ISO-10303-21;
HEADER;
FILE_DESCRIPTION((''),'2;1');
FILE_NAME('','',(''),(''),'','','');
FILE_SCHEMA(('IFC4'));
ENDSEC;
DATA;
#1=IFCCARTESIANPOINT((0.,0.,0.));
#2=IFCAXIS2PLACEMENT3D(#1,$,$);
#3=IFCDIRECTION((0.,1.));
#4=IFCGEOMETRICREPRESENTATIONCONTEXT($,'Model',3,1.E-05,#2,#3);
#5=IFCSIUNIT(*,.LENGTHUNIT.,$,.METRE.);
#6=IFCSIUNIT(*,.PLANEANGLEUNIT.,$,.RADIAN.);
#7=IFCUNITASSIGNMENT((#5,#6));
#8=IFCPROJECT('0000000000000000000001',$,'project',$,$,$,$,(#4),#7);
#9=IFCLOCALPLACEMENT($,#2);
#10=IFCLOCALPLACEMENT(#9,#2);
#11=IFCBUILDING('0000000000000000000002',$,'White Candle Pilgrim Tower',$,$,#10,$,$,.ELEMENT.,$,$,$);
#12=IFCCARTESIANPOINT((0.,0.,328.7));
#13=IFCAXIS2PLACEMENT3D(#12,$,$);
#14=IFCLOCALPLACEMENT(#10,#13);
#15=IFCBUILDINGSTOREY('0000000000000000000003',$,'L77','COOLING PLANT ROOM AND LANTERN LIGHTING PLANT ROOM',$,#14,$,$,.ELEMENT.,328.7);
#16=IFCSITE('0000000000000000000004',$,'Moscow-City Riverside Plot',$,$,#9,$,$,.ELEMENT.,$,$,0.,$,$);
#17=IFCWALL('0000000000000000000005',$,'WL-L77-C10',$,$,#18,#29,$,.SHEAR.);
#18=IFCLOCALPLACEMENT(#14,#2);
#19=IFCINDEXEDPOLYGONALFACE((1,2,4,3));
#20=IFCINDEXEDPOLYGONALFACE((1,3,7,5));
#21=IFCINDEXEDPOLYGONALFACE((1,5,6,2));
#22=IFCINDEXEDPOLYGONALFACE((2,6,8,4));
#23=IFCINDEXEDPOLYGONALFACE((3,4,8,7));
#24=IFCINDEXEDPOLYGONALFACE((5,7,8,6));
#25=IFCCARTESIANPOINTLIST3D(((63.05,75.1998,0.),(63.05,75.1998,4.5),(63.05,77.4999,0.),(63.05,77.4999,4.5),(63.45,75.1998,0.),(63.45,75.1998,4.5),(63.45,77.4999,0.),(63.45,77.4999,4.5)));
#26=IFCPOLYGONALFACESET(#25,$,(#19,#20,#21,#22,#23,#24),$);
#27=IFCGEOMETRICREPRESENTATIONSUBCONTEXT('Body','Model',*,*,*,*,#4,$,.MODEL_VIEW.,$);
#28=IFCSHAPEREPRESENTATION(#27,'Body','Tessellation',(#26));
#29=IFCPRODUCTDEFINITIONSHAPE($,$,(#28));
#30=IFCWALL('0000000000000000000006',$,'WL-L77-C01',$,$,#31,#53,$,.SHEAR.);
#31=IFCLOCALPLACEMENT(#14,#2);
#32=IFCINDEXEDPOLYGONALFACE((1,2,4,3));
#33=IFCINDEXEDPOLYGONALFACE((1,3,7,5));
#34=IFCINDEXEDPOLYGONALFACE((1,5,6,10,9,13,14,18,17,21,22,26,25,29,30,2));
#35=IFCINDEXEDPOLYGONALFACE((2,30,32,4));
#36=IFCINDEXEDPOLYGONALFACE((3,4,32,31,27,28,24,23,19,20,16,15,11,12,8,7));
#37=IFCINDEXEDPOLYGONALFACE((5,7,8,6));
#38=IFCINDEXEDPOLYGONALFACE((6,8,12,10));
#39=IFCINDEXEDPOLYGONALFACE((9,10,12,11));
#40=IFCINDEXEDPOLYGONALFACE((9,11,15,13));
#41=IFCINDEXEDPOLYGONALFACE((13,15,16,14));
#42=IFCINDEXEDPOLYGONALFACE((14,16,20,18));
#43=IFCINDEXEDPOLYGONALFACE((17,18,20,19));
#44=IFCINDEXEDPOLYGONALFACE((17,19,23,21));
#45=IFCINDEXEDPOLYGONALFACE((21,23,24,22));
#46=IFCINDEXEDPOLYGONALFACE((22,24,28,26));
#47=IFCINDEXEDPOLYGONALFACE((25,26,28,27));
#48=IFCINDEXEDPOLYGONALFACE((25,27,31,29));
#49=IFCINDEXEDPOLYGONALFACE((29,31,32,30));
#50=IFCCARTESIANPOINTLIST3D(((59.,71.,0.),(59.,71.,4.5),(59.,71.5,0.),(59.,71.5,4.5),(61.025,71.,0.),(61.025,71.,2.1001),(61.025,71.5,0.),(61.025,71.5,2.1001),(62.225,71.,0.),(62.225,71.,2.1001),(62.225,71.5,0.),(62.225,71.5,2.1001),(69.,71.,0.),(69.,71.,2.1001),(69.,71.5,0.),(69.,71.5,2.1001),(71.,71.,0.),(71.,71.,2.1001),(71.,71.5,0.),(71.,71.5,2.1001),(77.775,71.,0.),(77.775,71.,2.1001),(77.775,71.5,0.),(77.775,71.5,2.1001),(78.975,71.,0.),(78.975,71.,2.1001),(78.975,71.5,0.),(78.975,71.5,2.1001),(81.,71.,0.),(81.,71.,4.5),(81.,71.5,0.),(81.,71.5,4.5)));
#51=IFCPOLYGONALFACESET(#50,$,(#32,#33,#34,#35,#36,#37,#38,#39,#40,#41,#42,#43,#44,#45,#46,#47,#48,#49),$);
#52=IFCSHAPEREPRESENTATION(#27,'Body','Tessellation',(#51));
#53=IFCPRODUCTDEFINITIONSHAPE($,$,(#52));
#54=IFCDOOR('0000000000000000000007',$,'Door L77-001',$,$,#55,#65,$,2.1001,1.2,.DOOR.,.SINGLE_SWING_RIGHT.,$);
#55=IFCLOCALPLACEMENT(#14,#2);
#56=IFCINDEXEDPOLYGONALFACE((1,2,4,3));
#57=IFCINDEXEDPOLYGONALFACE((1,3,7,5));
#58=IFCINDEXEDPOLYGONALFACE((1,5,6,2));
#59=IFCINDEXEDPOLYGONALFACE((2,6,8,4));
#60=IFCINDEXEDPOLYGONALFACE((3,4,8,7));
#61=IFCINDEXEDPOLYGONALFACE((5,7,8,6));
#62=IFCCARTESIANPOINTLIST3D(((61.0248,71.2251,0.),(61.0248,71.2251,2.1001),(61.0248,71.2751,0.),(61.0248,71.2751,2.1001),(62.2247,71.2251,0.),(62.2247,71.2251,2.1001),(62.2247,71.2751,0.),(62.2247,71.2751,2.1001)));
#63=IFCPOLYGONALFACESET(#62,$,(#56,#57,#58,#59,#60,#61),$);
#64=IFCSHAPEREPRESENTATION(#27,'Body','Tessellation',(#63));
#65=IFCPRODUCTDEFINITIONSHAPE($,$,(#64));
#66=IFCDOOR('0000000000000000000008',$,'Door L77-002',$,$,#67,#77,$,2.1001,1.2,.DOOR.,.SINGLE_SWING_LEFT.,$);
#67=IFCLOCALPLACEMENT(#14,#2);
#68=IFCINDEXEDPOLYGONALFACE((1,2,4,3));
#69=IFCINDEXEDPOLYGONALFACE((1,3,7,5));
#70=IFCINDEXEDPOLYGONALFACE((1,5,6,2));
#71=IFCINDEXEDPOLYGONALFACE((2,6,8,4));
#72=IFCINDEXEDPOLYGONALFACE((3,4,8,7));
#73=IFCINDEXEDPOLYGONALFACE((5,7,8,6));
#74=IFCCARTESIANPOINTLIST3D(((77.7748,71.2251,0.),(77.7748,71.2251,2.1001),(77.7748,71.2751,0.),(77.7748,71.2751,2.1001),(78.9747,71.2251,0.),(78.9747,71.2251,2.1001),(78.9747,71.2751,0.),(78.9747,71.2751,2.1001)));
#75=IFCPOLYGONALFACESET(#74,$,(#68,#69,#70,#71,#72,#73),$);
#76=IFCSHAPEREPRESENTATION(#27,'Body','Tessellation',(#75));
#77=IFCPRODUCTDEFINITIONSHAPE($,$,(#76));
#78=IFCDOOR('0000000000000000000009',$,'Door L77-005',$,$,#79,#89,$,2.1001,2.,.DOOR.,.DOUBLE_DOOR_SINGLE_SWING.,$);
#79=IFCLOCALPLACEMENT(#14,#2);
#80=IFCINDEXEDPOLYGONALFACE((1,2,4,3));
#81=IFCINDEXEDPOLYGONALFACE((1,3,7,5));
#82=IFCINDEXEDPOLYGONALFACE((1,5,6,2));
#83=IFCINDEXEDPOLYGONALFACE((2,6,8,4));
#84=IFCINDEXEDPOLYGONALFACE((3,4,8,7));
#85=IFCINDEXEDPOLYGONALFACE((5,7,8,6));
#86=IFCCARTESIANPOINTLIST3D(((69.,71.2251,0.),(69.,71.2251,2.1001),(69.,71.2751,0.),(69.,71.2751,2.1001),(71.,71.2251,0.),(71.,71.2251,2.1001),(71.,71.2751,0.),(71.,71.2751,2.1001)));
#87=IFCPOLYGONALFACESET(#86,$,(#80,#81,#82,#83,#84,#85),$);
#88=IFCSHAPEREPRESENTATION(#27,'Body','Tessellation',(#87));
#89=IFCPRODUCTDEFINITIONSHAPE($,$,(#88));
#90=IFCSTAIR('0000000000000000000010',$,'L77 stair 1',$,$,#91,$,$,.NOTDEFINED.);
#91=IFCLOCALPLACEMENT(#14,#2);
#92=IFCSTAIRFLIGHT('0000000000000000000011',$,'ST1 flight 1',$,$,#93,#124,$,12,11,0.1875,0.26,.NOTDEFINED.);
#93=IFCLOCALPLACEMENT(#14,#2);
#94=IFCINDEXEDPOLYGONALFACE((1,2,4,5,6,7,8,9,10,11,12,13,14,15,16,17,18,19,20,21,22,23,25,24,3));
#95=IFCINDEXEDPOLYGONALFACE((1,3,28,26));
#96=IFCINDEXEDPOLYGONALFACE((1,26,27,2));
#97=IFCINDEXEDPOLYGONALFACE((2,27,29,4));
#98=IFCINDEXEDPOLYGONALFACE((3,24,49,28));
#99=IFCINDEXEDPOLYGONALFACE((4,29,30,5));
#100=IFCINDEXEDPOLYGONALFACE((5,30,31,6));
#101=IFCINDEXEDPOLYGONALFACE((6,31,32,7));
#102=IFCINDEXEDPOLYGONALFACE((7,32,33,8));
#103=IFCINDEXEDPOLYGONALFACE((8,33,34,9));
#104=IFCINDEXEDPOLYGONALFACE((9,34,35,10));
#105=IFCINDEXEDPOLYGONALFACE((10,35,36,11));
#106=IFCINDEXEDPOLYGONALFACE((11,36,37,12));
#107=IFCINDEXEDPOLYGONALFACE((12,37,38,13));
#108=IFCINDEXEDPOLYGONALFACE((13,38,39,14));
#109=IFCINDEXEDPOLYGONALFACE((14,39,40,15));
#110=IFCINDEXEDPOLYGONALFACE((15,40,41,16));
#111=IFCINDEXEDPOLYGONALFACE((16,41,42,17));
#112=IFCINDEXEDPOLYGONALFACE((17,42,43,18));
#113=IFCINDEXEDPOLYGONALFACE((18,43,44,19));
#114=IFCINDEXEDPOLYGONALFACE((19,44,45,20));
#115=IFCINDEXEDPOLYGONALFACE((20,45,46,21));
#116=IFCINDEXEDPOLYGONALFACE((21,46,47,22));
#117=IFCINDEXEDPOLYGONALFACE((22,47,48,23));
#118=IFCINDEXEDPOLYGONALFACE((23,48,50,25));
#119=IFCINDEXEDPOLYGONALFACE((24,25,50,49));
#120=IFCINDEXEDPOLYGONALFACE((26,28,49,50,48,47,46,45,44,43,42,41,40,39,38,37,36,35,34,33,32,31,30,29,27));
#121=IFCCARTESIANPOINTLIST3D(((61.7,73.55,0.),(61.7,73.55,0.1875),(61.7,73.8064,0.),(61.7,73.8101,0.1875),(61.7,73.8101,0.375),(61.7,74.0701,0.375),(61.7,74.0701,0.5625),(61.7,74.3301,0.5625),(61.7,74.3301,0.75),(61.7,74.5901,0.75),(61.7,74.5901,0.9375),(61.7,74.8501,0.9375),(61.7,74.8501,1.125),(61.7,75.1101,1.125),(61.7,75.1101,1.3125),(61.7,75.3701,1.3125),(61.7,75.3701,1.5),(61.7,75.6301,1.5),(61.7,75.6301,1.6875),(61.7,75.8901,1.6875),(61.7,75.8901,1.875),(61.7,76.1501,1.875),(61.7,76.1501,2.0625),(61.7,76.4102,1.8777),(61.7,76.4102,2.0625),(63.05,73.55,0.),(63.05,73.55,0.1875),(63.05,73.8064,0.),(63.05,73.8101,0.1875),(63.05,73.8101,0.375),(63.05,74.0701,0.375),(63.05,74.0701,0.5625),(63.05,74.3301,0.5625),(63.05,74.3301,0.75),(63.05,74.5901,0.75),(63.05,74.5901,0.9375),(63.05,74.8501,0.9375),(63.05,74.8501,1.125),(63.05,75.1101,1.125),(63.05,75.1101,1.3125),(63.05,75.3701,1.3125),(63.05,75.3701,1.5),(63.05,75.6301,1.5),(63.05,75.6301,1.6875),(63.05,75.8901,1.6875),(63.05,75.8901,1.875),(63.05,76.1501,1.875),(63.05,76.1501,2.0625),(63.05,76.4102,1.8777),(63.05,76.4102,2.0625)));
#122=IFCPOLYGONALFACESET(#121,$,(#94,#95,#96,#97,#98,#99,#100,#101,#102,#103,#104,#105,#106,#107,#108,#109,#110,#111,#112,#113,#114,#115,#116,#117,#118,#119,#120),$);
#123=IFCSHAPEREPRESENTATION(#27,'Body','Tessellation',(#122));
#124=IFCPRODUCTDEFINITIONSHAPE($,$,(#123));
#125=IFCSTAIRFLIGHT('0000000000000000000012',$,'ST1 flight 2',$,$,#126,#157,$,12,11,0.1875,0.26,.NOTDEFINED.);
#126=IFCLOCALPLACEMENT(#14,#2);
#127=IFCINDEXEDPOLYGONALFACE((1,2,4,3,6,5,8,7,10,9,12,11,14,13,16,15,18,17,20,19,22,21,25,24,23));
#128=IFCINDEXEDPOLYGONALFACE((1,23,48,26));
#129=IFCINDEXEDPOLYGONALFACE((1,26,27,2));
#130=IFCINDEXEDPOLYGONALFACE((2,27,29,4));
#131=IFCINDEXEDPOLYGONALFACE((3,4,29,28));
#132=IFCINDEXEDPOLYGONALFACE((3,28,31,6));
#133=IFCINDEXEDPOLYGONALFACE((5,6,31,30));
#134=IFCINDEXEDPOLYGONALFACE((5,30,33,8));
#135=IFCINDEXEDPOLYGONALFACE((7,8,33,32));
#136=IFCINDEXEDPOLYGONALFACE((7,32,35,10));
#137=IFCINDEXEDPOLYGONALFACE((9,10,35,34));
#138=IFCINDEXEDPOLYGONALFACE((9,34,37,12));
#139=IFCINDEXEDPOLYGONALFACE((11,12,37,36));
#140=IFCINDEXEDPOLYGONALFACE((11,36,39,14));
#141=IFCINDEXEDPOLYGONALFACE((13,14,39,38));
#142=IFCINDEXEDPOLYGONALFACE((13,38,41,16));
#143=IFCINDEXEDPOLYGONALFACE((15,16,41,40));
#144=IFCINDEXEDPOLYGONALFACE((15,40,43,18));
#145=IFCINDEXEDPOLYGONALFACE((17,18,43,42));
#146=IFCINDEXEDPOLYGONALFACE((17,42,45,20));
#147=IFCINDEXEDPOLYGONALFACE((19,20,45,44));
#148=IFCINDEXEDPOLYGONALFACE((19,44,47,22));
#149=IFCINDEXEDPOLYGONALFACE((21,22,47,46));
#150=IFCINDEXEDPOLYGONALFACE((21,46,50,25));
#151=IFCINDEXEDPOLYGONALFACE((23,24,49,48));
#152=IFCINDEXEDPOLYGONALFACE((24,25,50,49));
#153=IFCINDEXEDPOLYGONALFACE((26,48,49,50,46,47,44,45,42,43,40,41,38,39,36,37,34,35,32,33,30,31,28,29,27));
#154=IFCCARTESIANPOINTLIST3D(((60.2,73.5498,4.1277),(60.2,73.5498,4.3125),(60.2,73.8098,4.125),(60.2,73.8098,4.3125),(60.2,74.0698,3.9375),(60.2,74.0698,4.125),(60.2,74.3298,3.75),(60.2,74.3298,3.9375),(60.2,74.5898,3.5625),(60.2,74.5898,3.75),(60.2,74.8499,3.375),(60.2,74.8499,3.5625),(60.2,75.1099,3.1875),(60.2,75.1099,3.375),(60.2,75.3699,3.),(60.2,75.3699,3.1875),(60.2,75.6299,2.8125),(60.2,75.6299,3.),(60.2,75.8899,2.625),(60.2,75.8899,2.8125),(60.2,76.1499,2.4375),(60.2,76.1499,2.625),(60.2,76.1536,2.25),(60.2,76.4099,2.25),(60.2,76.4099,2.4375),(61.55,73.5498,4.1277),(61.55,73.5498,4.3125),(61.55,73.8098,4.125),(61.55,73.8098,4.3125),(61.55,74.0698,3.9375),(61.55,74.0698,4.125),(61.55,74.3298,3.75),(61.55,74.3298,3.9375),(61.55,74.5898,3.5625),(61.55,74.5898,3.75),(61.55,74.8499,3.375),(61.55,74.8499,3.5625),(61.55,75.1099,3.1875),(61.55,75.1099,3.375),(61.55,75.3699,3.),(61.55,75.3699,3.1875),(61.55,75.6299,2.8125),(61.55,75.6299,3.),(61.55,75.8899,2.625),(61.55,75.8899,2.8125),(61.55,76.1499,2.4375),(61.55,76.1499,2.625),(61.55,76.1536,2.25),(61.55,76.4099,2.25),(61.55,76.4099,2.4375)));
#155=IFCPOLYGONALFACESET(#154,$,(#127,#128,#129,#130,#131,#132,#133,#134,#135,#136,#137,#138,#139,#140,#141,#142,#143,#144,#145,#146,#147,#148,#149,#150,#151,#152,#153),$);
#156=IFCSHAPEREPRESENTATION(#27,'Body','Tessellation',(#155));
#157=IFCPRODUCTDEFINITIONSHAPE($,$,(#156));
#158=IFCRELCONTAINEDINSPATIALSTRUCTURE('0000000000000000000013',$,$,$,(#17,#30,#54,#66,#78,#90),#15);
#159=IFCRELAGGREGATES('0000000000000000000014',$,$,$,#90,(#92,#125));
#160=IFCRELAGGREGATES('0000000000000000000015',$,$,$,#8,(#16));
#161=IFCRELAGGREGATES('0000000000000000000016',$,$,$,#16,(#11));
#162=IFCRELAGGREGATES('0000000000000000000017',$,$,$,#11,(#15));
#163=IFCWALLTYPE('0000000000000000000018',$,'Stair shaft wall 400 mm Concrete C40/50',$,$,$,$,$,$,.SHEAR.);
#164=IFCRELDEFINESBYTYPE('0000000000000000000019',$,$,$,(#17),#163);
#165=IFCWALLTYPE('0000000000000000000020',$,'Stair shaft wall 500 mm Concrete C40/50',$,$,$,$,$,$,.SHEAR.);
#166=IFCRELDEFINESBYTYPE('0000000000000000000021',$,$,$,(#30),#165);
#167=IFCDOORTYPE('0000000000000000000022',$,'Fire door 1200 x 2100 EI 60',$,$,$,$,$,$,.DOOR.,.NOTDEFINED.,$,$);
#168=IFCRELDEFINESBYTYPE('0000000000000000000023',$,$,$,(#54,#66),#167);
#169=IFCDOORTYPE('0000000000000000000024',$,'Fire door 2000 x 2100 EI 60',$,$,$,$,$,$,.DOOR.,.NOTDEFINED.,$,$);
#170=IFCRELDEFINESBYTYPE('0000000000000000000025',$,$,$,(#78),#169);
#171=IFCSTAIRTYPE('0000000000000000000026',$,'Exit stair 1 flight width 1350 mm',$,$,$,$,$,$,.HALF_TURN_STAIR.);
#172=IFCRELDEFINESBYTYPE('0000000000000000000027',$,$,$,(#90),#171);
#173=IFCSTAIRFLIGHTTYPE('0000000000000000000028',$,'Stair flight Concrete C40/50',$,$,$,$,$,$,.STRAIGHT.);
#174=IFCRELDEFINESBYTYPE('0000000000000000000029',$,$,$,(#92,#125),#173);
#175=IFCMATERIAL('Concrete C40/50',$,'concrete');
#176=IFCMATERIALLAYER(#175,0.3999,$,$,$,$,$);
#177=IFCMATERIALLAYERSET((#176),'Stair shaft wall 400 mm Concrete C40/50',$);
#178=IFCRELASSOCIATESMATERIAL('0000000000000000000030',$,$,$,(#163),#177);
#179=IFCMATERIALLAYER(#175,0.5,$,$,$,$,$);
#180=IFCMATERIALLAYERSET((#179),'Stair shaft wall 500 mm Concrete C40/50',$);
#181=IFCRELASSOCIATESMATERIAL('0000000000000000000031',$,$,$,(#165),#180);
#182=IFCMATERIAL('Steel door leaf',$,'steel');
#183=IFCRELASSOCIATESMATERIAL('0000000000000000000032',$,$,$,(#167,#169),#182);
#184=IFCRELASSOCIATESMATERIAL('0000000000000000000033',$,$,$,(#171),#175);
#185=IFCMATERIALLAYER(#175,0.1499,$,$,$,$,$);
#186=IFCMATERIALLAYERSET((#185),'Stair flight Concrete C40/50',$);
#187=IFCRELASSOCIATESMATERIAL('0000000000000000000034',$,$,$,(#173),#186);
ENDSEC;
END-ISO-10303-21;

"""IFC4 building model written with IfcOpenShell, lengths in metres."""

from ifc_helpers import new_model, si_unit, direction, frame, frame_2d, origin, place, context, subcontext, project, spatial, polyline, rectangle, outline, extrude, material, layer, layer_set, type_object, element, fill, aggregate, save


model = new_model("IFC4")

# Units and contexts
model_context = context("Model", 3, precision=1e-05, world=origin(), true_north=direction((0.0, 1.0)))
body_context = subcontext(model_context, "Body", "Model", "MODEL_VIEW")
ifc_project = project(units=[si_unit("LENGTHUNIT", "METRE"), si_unit("PLANEANGLEUNIT", "RADIAN")], contexts=[model_context])

# Site, building, storey
site_placement = place(None, origin())
site = spatial("IfcSite", under=ifc_project, at=site_placement, Name="Moscow-City Riverside Plot", CompositionType="ELEMENT", RefElevation=0.0)
building_placement = place(site_placement, origin())
building = spatial("IfcBuilding", under=site, at=building_placement, Name="White Candle Pilgrim Tower", CompositionType="ELEMENT")
storey_placement = place(building_placement, frame((0.0, 0.0, 328.7)))
storey = spatial("IfcBuildingStorey", under=building, at=storey_placement, Name="L77", Description="COOLING PLANT ROOM AND LANTERN LIGHTING PLANT ROOM", CompositionType="ELEMENT", Elevation=328.7)

# Shared definitions
ifc_material_1 = material(Name="Steel door leaf", Category="steel")

# Wall
ifc_material_2 = material(Name="Concrete C40/50", Category="concrete")
ifc_layer_1 = layer(ifc_material_2, 0.3999)
ifc_layer_set_1 = layer_set([ifc_layer_1], Name="Stair shaft wall 400 mm Concrete C40/50")
wall_type_1 = type_object("IfcWallType", Name="Stair shaft wall 400 mm Concrete C40/50", PredefinedType="SHEAR", material=ifc_layer_set_1)
wall_1_placement = place(storey_placement, frame((63.25, 75.2, 0.0), z_axis=(0.0, 0.0, 1.0), x_axis=(0.0, 1.0, 0.0)))
element("IfcWall", 1, at=wall_1_placement, inside=storey, type_object=wall_type_1, Name="WL-L77-C10", PredefinedType="SHEAR", context=body_context, shape_type="SweptSolid", body=[
    extrude(rectangle(XDim=2.3, YDim=0.3999, at=frame_2d((1.1499, 0.0))), origin(), (0.0, 0.0, 1.0), 4.5),
])

# Wall, openings, doors
ifc_layer_2 = layer(ifc_material_2, 0.5)
ifc_layer_set_2 = layer_set([ifc_layer_2], Name="Stair shaft wall 500 mm Concrete C40/50")
wall_type_2 = type_object("IfcWallType", Name="Stair shaft wall 500 mm Concrete C40/50", PredefinedType="SHEAR", material=ifc_layer_set_2)
wall_2_placement = place(storey_placement, frame((59.0, 71.25, 0.0), z_axis=(0.0, 0.0, 1.0), x_axis=(1.0, 0.0, 0.0)))
wall_2 = element("IfcWall", 2, at=wall_2_placement, inside=storey, type_object=wall_type_2, Name="WL-L77-C01", PredefinedType="SHEAR", context=body_context, shape_type="SweptSolid", body=[
    extrude(rectangle(XDim=22.0, YDim=0.5, at=frame_2d((11.0, 0.0))), origin(), (0.0, 0.0, 1.0), 4.5),
])
opening_1_placement = place(wall_2_placement, frame((2.0249, 0.0, 0.0)))
opening_1 = element("IfcOpeningElement", 3, at=opening_1_placement, cuts=wall_2, PredefinedType="OPENING", context=body_context, shape_type="SweptSolid", body=[
    extrude(rectangle(XDim=1.2, YDim=2.1001, at=frame_2d((0.6001, 1.05))), frame((0.0, 0.26, 0.0), z_axis=(0.0, -1.0, 0.0), x_axis=(1.0, 0.0, 0.0)), (0.0, 0.0, 1.0), 0.52),
])
opening_2_placement = place(wall_2_placement, frame((18.7749, 0.0, 0.0)))
opening_2 = element("IfcOpeningElement", 4, at=opening_2_placement, cuts=wall_2, PredefinedType="OPENING", context=body_context, shape_type="SweptSolid", body=[
    extrude(rectangle(XDim=1.2, YDim=2.1001, at=frame_2d((0.6001, 1.05))), frame((0.0, 0.26, 0.0), z_axis=(0.0, -1.0, 0.0), x_axis=(1.0, 0.0, 0.0)), (0.0, 0.0, 1.0), 0.52),
])
opening_3_placement = place(wall_2_placement, frame((10.0, 0.0, 0.0)))
opening_3 = element("IfcOpeningElement", 5, at=opening_3_placement, cuts=wall_2, PredefinedType="OPENING", context=body_context, shape_type="SweptSolid", body=[
    extrude(rectangle(XDim=2.0, YDim=2.1001, at=frame_2d((1.0, 1.05))), frame((0.0, 0.26, 0.0), z_axis=(0.0, -1.0, 0.0), x_axis=(1.0, 0.0, 0.0)), (0.0, 0.0, 1.0), 0.52),
])
door_type_1 = type_object("IfcDoorType", Name="Fire door 1200 x 2100 EI 60", OperationType="NOTDEFINED", PredefinedType="DOOR", material=ifc_material_1)
door_1_placement = place(opening_1_placement, frame((1.2, 0.0, 0.0), z_axis=(0.0, 0.0, 1.0), x_axis=(-1.0, 0.0, 0.0)))
door_1 = element("IfcDoor", 6, at=door_1_placement, inside=storey, type_object=door_type_1, Name="Door L77-001", OperationType="SINGLE_SWING_RIGHT", OverallHeight=2.1001, OverallWidth=1.2, PredefinedType="DOOR", context=body_context, shape_type="SweptSolid", body=[
    extrude(rectangle(XDim=1.2, YDim=2.1001, at=frame_2d((0.6001, 1.05))), frame((0.0, 0.0249, 0.0), z_axis=(0.0, -1.0, 0.0), x_axis=(1.0, 0.0, 0.0)), (0.0, 0.0, 1.0), 0.05),
])
fill(opening_1, door_1)
door_2_placement = place(opening_2_placement, frame((1.2, 0.0, 0.0), z_axis=(0.0, 0.0, 1.0), x_axis=(-1.0, 0.0, 0.0)))
door_2 = element("IfcDoor", 7, at=door_2_placement, inside=storey, type_object=door_type_1, Name="Door L77-002", OperationType="SINGLE_SWING_LEFT", OverallHeight=2.1001, OverallWidth=1.2, PredefinedType="DOOR", context=body_context, shape_type="SweptSolid", body=[
    extrude(rectangle(XDim=1.2, YDim=2.1001, at=frame_2d((0.6001, 1.05))), frame((0.0, 0.0249, 0.0), z_axis=(0.0, -1.0, 0.0), x_axis=(1.0, 0.0, 0.0)), (0.0, 0.0, 1.0), 0.05),
])
fill(opening_2, door_2)
door_type_2 = type_object("IfcDoorType", Name="Fire door 2000 x 2100 EI 60", OperationType="NOTDEFINED", PredefinedType="DOOR", material=ifc_material_1)
door_3_placement = place(opening_3_placement, frame((2.0, 0.0, 0.0), z_axis=(0.0, 0.0, 1.0), x_axis=(-1.0, 0.0, 0.0)))
door_3 = element("IfcDoor", 8, at=door_3_placement, inside=storey, type_object=door_type_2, Name="Door L77-005", OperationType="DOUBLE_DOOR_SINGLE_SWING", OverallHeight=2.1001, OverallWidth=2.0, PredefinedType="DOOR", context=body_context, shape_type="SweptSolid", body=[
    extrude(rectangle(XDim=2.0, YDim=2.1001, at=frame_2d((1.0, 1.05))), frame((0.0, 0.0249, 0.0), z_axis=(0.0, -1.0, 0.0), x_axis=(1.0, 0.0, 0.0)), (0.0, 0.0, 1.0), 0.05),
])
fill(opening_3, door_3)

# Stair, stair flights
stair_type = type_object("IfcStairType", Name="Exit stair 1 flight width 1350 mm", PredefinedType="HALF_TURN_STAIR", material=ifc_material_2)
stair_placement = place(storey_placement, origin())
stair = element("IfcStair", 9, at=stair_placement, inside=storey, type_object=stair_type, Name="L77 stair 1", PredefinedType="NOTDEFINED")
ifc_layer_3 = layer(ifc_material_2, 0.1499)
ifc_layer_set_3 = layer_set([ifc_layer_3], Name="Stair flight Concrete C40/50")
stair_flight_type = type_object("IfcStairFlightType", Name="Stair flight Concrete C40/50", PredefinedType="STRAIGHT", material=ifc_layer_set_3)
stair_flight_1_placement = place(storey_placement, frame((62.375, 73.55, 0.0), z_axis=(0.0, 0.0, 1.0), x_axis=(0.0, 1.0, 0.0)))
stair_flight_1 = element("IfcStairFlight", 10, at=stair_flight_1_placement, type_object=stair_flight_type, Name="ST1 flight 1", NumberOfRisers=12, NumberOfTreads=11, PredefinedType="NOTDEFINED", RiserHeight=0.1875, TreadLength=0.26, context=body_context, shape_type="SweptSolid", body=[
    extrude(outline(polyline([(0.0, 0.0), (0.0, 0.1875), (0.26, 0.1875), (0.26, 0.375), (0.52, 0.375), (0.52, 0.5625), (0.78, 0.5625), (0.78, 0.75), (1.04, 0.75), (1.04, 0.9375), (1.3, 0.9375), (1.3, 1.125), (1.5601, 1.125), (1.5601, 1.3125), (1.8201, 1.3125), (1.8201, 1.5), (2.0801, 1.5), (2.0801, 1.6875), (2.3401, 1.6875), (2.3401, 1.875), (2.6001, 1.875), (2.6001, 2.0625), (2.8601, 2.0625), (2.8601, 2.25), (2.8601, 1.8777), (0.2563, 0.0), (0.0, 0.0)])), frame((0.0, 0.675, 0.0), z_axis=(0.0, -1.0, 0.0), x_axis=(1.0, 0.0, 0.0)), (0.0, 0.0, 1.0), 1.3501),
])
stair_flight_2_placement = place(storey_placement, frame((60.875, 76.4099, 2.25), z_axis=(0.0, 0.0, 1.0), x_axis=(0.0, -1.0, 0.0)))
stair_flight_2 = element("IfcStairFlight", 11, at=stair_flight_2_placement, type_object=stair_flight_type, Name="ST1 flight 2", NumberOfRisers=12, NumberOfTreads=11, PredefinedType="NOTDEFINED", RiserHeight=0.1875, TreadLength=0.26, context=body_context, shape_type="SweptSolid", body=[
    extrude(outline(polyline([(0.0, 0.0), (0.0, 0.1875), (0.26, 0.1875), (0.26, 0.375), (0.52, 0.375), (0.52, 0.5625), (0.78, 0.5625), (0.78, 0.75), (1.04, 0.75), (1.04, 0.9375), (1.3, 0.9375), (1.3, 1.125), (1.5601, 1.125), (1.5601, 1.3125), (1.8201, 1.3125), (1.8201, 1.5), (2.0801, 1.5), (2.0801, 1.6875), (2.3401, 1.6875), (2.3401, 1.875), (2.6001, 1.875), (2.6001, 2.0625), (2.8601, 2.0625), (2.8601, 2.25), (2.8601, 1.8777), (0.2563, 0.0), (0.0, 0.0)])), frame((0.0, 0.675, 0.0), z_axis=(0.0, -1.0, 0.0), x_axis=(1.0, 0.0, 0.0)), (0.0, 0.0, 1.0), 1.3501),
])
aggregate(stair, [stair_flight_1, stair_flight_2])

save(model, "model.ifc")
